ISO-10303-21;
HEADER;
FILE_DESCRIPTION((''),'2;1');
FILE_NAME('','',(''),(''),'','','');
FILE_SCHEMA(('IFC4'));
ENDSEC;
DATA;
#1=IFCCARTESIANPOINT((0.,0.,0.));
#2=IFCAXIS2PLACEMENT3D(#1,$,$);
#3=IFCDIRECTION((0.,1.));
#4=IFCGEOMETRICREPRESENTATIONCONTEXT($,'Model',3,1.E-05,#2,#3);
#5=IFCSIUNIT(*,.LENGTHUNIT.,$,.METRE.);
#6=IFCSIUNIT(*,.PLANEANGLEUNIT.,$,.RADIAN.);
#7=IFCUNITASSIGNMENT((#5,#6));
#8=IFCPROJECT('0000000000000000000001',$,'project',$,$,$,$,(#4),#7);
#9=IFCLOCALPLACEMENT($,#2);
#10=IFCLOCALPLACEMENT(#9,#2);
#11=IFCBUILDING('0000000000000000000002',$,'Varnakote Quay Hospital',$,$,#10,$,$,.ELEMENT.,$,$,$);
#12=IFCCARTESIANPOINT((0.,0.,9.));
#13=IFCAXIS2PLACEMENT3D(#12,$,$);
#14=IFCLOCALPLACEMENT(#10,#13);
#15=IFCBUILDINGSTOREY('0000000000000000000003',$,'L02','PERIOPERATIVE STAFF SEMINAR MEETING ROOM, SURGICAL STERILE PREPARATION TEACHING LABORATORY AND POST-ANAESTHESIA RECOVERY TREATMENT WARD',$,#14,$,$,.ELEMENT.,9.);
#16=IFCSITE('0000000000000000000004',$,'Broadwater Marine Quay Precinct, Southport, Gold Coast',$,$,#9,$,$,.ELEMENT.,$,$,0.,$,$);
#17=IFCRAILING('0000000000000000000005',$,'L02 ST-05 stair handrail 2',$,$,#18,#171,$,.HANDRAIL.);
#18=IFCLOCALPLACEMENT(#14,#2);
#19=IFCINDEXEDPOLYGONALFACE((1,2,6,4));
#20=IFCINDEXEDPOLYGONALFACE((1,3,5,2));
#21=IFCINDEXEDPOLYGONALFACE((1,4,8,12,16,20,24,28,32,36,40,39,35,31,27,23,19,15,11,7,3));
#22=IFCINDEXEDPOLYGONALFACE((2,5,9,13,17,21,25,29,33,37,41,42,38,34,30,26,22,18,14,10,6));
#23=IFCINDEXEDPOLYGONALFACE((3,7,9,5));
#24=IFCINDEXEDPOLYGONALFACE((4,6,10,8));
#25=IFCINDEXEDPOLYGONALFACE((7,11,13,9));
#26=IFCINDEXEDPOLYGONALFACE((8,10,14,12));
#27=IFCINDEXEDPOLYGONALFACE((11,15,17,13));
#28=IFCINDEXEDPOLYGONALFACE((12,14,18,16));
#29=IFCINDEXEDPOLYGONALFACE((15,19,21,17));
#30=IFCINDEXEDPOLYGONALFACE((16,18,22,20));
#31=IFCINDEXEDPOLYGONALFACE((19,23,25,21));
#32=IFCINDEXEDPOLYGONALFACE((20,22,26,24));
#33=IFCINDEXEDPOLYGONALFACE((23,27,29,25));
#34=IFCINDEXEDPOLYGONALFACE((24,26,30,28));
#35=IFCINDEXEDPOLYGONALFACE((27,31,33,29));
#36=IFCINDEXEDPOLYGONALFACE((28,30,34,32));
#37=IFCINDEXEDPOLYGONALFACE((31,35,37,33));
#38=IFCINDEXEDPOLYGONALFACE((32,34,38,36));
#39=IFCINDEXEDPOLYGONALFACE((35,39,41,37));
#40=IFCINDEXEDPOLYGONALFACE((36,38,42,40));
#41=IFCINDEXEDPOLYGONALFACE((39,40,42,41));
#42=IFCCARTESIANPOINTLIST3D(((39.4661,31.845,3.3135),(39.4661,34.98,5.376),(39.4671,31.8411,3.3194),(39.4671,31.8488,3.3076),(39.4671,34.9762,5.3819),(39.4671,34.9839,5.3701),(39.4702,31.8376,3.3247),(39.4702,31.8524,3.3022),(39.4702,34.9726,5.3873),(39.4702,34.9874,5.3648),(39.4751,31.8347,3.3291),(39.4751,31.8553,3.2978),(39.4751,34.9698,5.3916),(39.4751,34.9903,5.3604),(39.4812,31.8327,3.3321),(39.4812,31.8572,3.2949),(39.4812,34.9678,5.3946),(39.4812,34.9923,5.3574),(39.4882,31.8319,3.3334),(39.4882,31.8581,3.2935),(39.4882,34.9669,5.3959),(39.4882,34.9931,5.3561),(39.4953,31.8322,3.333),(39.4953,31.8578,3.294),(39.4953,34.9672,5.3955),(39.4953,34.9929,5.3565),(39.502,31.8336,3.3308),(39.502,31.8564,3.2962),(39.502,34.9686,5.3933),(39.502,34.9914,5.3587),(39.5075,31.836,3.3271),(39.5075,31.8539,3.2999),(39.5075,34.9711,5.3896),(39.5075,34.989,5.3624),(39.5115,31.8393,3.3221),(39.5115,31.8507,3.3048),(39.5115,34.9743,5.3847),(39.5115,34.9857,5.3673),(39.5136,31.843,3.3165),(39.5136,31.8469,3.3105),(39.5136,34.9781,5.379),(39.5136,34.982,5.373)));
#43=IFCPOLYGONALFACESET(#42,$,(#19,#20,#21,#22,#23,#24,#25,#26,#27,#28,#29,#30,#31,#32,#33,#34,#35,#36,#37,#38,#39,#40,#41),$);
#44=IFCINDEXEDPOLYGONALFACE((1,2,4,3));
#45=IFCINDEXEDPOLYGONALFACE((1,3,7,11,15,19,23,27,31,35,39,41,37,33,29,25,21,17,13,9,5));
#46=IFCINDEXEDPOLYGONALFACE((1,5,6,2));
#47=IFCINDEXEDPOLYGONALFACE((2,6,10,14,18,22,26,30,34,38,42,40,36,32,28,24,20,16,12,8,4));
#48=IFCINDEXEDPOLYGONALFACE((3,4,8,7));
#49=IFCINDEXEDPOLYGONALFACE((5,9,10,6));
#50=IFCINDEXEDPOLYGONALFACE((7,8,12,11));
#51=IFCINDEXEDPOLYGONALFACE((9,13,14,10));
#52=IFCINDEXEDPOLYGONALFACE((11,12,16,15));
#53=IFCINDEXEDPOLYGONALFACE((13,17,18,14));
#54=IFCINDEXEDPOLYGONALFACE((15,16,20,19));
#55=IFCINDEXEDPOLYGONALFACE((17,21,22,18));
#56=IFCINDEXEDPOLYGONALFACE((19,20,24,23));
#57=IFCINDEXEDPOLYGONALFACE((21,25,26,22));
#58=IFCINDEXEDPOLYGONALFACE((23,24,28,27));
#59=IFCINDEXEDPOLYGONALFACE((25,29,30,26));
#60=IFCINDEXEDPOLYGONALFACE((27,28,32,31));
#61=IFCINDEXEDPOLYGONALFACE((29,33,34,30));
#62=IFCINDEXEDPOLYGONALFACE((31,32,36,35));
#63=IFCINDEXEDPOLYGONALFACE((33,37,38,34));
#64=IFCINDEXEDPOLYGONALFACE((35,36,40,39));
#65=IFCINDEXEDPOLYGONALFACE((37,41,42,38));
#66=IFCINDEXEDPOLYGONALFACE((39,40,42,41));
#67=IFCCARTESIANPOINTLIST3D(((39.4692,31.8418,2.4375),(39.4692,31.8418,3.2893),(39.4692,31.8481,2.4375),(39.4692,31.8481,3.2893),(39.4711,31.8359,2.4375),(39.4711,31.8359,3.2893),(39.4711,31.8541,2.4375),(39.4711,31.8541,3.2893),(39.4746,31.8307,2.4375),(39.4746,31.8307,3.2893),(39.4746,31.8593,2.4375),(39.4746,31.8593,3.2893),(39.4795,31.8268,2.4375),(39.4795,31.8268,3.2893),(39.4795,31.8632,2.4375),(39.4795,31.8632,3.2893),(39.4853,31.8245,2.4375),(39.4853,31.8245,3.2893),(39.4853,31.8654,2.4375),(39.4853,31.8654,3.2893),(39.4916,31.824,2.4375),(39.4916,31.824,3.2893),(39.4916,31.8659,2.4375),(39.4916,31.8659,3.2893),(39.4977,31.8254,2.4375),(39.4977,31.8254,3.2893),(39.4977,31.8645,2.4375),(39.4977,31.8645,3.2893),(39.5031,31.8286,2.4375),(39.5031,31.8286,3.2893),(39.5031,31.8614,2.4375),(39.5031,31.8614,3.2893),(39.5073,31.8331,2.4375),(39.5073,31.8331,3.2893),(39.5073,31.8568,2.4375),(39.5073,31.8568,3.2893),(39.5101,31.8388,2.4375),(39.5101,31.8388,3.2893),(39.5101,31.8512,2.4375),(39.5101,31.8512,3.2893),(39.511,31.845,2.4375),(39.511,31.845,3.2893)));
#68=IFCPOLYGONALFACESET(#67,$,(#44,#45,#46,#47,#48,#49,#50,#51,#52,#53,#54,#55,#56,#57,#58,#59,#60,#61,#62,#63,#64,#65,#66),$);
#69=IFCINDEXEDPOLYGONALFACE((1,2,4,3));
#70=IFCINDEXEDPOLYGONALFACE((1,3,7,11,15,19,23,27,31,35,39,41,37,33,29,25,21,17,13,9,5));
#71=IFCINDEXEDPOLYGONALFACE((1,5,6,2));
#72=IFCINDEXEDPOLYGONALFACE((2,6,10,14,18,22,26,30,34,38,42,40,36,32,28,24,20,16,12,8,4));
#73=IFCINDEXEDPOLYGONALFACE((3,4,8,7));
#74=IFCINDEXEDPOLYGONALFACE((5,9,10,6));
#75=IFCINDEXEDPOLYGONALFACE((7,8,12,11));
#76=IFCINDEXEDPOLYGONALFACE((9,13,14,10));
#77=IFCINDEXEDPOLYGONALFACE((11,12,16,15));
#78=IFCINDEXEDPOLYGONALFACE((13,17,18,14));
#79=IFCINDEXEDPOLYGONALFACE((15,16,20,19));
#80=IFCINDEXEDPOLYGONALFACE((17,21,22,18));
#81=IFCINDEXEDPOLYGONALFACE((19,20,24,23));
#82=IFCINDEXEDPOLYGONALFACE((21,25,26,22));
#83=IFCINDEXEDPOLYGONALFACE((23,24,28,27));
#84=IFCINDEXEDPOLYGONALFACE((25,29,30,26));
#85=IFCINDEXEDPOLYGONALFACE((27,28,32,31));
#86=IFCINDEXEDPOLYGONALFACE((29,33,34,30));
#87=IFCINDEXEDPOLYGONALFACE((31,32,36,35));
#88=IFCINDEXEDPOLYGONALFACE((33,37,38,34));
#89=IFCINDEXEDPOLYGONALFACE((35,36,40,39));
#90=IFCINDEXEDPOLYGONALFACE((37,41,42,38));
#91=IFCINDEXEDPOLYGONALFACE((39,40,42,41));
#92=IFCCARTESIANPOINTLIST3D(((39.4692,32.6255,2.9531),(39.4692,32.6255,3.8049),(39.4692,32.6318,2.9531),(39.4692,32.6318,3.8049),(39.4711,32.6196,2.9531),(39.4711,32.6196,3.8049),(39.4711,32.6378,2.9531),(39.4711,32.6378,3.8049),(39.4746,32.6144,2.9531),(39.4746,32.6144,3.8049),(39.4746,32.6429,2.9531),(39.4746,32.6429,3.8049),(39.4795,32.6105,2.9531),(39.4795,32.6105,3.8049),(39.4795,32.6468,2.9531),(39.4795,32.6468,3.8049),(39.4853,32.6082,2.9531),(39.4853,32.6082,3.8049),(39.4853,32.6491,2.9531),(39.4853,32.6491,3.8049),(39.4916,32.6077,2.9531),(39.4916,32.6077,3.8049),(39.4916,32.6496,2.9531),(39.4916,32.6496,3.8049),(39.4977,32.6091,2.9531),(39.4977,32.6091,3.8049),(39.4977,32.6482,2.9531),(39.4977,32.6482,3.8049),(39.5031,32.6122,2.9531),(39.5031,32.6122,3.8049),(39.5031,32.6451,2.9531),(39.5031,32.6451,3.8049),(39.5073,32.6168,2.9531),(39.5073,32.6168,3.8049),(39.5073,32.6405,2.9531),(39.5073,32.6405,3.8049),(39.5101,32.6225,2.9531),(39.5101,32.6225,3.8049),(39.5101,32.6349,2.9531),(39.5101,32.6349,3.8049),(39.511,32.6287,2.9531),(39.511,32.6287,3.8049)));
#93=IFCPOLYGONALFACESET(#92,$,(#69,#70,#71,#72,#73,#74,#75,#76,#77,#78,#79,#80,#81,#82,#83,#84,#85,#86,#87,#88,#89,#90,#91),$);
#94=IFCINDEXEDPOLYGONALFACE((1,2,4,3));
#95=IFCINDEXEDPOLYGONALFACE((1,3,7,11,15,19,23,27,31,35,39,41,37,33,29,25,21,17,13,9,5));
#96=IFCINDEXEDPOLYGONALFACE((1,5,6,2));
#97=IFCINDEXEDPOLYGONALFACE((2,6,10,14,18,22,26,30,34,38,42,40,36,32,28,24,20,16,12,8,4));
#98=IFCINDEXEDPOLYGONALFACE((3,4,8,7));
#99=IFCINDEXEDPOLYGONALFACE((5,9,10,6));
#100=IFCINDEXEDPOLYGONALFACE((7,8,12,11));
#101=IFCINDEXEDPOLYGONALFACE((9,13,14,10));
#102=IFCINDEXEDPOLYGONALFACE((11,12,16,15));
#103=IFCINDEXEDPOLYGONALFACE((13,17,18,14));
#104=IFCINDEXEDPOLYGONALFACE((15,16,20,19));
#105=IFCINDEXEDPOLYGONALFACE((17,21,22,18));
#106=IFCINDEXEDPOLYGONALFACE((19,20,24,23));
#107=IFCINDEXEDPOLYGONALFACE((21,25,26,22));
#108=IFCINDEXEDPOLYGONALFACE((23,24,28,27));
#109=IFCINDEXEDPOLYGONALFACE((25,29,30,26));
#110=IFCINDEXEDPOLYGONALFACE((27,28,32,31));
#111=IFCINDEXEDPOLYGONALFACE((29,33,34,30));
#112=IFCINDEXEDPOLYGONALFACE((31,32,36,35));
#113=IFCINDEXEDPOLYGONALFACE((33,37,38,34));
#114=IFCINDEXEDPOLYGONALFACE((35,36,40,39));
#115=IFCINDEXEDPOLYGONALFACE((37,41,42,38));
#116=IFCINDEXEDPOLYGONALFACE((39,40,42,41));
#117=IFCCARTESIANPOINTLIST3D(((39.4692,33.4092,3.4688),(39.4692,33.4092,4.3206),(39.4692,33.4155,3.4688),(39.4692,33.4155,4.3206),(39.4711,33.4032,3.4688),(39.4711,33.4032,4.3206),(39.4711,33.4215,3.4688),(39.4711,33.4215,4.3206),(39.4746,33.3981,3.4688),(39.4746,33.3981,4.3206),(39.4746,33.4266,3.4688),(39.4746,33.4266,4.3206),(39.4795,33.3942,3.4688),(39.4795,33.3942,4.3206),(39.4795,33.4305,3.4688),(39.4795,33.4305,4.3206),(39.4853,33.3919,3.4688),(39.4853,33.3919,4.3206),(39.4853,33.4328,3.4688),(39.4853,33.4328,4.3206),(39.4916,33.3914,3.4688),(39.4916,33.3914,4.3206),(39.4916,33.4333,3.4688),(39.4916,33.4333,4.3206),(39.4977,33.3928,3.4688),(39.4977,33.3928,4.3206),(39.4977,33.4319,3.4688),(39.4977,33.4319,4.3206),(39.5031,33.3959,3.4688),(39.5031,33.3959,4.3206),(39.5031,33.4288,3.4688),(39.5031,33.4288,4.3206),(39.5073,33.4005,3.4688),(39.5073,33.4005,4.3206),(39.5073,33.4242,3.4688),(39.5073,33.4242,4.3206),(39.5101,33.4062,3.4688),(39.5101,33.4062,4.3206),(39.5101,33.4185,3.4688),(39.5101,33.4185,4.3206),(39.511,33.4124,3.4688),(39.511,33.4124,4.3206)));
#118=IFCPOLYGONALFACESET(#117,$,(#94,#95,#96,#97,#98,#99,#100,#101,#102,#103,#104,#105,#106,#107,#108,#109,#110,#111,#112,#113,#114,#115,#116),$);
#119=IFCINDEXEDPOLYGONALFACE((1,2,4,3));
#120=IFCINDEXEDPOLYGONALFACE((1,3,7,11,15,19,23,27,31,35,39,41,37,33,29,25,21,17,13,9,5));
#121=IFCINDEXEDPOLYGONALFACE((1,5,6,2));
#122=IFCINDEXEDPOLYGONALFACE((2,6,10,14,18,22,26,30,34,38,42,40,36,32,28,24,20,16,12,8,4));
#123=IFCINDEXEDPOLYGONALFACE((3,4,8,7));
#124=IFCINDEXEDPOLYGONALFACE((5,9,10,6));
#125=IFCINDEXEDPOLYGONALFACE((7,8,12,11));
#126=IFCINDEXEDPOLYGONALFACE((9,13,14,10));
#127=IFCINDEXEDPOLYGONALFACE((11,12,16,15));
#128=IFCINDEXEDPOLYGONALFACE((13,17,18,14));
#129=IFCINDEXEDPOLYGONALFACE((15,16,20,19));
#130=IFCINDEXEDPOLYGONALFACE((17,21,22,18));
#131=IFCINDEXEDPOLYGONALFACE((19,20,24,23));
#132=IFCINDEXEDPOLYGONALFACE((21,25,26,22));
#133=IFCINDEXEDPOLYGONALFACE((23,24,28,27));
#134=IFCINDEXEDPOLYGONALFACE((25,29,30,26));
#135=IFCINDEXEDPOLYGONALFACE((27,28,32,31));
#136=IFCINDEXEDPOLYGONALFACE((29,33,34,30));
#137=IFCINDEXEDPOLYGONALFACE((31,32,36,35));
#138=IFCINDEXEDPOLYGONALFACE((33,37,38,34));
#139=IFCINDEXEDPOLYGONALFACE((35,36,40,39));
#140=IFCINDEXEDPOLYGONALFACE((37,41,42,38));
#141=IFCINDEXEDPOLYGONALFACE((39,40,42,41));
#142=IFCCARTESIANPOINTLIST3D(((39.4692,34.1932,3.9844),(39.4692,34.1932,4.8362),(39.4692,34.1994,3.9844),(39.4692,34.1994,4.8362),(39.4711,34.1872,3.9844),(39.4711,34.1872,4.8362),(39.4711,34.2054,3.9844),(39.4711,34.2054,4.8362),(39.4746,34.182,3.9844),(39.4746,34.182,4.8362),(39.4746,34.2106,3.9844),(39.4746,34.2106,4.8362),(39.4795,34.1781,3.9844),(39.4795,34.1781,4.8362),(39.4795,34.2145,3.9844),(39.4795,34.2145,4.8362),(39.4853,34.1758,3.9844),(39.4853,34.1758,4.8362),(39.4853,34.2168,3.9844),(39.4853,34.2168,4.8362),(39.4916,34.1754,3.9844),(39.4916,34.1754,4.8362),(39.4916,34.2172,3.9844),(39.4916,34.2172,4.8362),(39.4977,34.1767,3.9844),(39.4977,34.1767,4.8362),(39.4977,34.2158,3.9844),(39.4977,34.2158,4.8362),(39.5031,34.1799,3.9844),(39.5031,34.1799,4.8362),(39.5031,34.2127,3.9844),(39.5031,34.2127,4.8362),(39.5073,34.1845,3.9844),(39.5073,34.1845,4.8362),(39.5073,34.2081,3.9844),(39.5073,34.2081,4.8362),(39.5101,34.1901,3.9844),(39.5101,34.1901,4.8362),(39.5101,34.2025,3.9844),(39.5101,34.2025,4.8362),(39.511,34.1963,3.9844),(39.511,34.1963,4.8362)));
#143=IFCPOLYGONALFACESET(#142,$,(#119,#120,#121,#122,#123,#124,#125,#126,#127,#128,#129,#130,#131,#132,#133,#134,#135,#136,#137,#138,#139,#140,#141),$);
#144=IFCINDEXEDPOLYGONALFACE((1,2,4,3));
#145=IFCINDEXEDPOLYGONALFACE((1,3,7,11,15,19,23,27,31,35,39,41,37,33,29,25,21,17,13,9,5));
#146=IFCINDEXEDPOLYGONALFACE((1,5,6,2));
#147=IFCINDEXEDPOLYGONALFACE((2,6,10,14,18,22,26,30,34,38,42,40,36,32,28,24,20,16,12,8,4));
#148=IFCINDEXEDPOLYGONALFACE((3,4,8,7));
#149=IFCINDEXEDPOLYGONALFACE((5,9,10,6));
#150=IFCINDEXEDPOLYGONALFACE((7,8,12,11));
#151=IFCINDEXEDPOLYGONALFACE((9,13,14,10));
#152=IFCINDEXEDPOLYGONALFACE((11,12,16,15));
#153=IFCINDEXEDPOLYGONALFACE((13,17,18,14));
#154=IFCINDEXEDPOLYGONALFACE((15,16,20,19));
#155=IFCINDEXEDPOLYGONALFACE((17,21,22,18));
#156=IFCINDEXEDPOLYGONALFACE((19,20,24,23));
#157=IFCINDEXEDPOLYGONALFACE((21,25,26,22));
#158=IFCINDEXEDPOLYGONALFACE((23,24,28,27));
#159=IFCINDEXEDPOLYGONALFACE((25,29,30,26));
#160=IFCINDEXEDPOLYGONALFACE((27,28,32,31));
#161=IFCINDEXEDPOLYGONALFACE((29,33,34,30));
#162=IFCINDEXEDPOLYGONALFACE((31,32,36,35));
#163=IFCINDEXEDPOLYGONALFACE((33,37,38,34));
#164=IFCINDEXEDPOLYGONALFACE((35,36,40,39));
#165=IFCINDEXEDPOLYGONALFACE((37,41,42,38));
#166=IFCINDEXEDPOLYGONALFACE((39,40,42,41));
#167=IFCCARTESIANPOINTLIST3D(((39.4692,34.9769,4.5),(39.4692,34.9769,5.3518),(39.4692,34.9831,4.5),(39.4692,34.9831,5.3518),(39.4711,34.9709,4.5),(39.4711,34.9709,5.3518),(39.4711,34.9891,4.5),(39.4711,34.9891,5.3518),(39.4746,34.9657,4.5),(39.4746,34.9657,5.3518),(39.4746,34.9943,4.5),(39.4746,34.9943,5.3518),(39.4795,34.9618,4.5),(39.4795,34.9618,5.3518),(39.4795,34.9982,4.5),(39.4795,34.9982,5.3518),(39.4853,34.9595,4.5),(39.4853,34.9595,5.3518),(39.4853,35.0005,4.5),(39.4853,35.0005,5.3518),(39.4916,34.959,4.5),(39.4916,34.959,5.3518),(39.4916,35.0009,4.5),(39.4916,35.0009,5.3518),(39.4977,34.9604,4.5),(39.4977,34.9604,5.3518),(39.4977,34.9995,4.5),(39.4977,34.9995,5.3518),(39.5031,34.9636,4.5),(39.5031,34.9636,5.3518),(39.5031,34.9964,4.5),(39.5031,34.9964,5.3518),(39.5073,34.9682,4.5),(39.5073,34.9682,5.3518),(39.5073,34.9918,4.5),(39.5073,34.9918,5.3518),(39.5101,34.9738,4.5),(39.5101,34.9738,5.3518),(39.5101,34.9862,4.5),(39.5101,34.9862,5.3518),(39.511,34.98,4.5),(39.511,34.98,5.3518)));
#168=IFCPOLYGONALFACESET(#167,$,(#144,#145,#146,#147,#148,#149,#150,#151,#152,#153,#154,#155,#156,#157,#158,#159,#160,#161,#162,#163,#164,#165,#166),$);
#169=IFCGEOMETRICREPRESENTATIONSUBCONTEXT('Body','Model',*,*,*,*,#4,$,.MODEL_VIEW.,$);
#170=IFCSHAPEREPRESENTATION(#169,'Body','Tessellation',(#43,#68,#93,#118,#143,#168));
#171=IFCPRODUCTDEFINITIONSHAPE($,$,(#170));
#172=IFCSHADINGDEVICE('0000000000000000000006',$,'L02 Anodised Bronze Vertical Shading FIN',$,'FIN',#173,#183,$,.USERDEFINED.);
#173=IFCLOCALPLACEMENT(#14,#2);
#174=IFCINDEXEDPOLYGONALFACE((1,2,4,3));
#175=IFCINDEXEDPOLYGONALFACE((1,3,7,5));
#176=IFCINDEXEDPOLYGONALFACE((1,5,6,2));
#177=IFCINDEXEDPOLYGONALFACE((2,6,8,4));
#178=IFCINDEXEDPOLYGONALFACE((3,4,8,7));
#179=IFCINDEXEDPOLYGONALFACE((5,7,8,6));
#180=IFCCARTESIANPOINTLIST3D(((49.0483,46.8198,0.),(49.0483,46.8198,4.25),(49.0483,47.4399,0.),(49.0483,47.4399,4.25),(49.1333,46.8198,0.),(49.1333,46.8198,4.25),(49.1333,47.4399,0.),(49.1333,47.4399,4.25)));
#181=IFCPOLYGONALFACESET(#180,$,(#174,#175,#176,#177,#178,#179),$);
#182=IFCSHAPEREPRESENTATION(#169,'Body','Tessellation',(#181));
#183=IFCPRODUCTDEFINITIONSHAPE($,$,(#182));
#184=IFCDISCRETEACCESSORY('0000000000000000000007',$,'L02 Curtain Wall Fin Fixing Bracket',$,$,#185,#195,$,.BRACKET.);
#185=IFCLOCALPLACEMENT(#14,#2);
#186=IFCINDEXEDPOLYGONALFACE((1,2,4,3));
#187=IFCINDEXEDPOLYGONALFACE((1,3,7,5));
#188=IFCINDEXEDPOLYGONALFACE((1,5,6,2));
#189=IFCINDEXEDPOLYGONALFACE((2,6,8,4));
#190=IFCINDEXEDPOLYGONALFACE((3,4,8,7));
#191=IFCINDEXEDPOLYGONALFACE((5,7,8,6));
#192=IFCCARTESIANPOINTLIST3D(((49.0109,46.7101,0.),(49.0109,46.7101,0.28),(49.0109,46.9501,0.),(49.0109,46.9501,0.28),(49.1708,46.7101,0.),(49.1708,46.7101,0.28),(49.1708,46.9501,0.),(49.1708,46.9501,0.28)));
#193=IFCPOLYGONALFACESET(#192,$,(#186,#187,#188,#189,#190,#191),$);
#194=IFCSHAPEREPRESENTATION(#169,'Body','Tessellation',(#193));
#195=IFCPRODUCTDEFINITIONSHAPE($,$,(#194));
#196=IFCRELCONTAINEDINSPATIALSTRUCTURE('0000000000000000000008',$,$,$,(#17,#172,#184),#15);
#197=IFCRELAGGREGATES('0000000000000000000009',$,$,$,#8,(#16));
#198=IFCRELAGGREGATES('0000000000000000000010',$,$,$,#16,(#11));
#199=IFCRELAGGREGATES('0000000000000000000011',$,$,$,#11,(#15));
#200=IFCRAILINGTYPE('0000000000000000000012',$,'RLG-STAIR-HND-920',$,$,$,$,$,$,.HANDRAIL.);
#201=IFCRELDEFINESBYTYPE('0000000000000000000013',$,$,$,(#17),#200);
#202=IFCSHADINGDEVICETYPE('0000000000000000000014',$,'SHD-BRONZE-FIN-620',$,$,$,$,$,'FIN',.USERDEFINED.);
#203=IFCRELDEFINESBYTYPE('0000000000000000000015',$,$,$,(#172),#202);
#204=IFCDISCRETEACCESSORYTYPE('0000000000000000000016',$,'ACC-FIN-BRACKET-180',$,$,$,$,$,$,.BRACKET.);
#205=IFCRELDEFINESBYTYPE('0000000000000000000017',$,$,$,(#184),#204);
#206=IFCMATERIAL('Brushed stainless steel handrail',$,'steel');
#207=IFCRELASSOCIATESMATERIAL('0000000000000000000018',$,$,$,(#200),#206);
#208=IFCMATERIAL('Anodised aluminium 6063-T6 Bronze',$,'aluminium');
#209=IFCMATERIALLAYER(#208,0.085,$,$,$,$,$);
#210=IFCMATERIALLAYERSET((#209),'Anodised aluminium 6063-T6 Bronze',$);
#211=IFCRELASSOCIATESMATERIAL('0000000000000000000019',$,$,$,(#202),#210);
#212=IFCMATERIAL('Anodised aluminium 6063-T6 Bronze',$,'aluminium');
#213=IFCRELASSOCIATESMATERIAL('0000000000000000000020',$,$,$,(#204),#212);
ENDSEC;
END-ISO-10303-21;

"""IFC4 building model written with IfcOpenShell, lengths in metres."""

from ifc_helpers import new_model, si_unit, direction, frame, origin, origin_2d, place, context, subcontext, project, spatial, rectangle, circle, extrude, material, layer, layer_set, type_object, element, save


model = new_model("IFC4")

# Units and contexts
model_context = context("Model", 3, precision=1e-05, world=origin(), true_north=direction((0.0, 1.0)))
body_context = subcontext(model_context, "Body", "Model", "MODEL_VIEW")
ifc_project = project(units=[si_unit("LENGTHUNIT", "METRE"), si_unit("PLANEANGLEUNIT", "RADIAN")], contexts=[model_context])

# Site, building, storey
site_placement = place(None, origin())
site = spatial("IfcSite", under=ifc_project, at=site_placement, Name="Broadwater Marine Quay Precinct, Southport, Gold Coast", CompositionType="ELEMENT", RefElevation=0.0)
building_placement = place(site_placement, origin())
building = spatial("IfcBuilding", under=site, at=building_placement, Name="Varnakote Quay Hospital", CompositionType="ELEMENT")
storey_placement = place(building_placement, frame((0.0, 0.0, 9.0)))
storey = spatial("IfcBuildingStorey", under=building, at=storey_placement, Name="L02", Description="PERIOPERATIVE STAFF SEMINAR MEETING ROOM, SURGICAL STERILE PREPARATION TEACHING LABORATORY AND POST-ANAESTHESIA RECOVERY TREATMENT WARD", CompositionType="ELEMENT", Elevation=9.0)

# Railing
ifc_material_1 = material(Name="Brushed stainless steel handrail", Category="steel")
railing_type = type_object("IfcRailingType", Name="RLG-STAIR-HND-920", PredefinedType="HANDRAIL", material=ifc_material_1)
railing_placement = place(storey_placement, frame((39.49, 31.845, 2.4375)))
element("IfcRailing", 1, at=railing_placement, inside=storey, type_object=railing_type, Name="L02 ST-05 stair handrail 2", PredefinedType="HANDRAIL", context=body_context, shape_type="SweptSolid", body=[
    extrude(circle(Radius=0.0239, at=origin_2d()), frame((0.0, 0.0, 0.876), z_axis=(0.0, 0.835418, 0.549615), x_axis=(-1.0, 0.0, 0.0)), (0.0, 0.0, 1.0), 3.7527),
    extrude(circle(Radius=0.021, at=origin_2d()), origin(), (0.0, 0.0, 1.0), 0.8518),
    extrude(circle(Radius=0.021, at=origin_2d()), frame((0.0, 0.7837, 0.5156)), (0.0, 0.0, 1.0), 0.8518),
    extrude(circle(Radius=0.021, at=origin_2d()), frame((0.0, 1.5674, 1.0312)), (0.0, 0.0, 1.0), 0.8518),
    extrude(circle(Radius=0.021, at=origin_2d()), frame((0.0, 2.3513, 1.5469)), (0.0, 0.0, 1.0), 0.8518),
    extrude(circle(Radius=0.021, at=origin_2d()), frame((0.0, 3.135, 2.0625)), (0.0, 0.0, 1.0), 0.8518),
])

# Shading device
ifc_material_2 = material(Name="Anodised aluminium 6063-T6 Bronze", Category="aluminium")
ifc_layer_1 = layer(ifc_material_2, 0.085)
ifc_layer_set_1 = layer_set([ifc_layer_1], Name="Anodised aluminium 6063-T6 Bronze")
shading_device_type = type_object("IfcShadingDeviceType", Name="SHD-BRONZE-FIN-620", ElementType="FIN", PredefinedType="USERDEFINED", material=ifc_layer_set_1)
shading_device_placement = place(storey_placement, frame((49.0908, 47.1299, 0.0), z_axis=(0.0, 0.0, 1.0), x_axis=(0.0, -1.0, 0.0)))
element("IfcShadingDevice", 2, at=shading_device_placement, inside=storey, type_object=shading_device_type, Name="L02 Anodised Bronze Vertical Shading FIN", ObjectType="FIN", PredefinedType="USERDEFINED", context=body_context, shape_type="SweptSolid", body=[
    extrude(rectangle(XDim=0.6201, YDim=0.085, at=origin_2d()), origin(), (0.0, 0.0, 1.0), 4.25),
])

# Discrete accessory
ifc_material_3 = material(Name="Anodised aluminium 6063-T6 Bronze", Category="aluminium")
discrete_accessory_type = type_object("IfcDiscreteAccessoryType", Name="ACC-FIN-BRACKET-180", PredefinedType="BRACKET", material=ifc_material_3)
discrete_accessory_placement = place(storey_placement, frame((49.0908, 46.8301, 0.0), z_axis=(0.0, 0.0, 1.0), x_axis=(-1.0, 0.0, 0.0)))
element("IfcDiscreteAccessory", 3, at=discrete_accessory_placement, inside=storey, type_object=discrete_accessory_type, Name="L02 Curtain Wall Fin Fixing Bracket", PredefinedType="BRACKET", context=body_context, shape_type="SweptSolid", body=[
    extrude(rectangle(XDim=0.1599, YDim=0.24, at=origin_2d()), origin(), (0.0, 0.0, 1.0), 0.28),
])

save(model, "model.ifc")
